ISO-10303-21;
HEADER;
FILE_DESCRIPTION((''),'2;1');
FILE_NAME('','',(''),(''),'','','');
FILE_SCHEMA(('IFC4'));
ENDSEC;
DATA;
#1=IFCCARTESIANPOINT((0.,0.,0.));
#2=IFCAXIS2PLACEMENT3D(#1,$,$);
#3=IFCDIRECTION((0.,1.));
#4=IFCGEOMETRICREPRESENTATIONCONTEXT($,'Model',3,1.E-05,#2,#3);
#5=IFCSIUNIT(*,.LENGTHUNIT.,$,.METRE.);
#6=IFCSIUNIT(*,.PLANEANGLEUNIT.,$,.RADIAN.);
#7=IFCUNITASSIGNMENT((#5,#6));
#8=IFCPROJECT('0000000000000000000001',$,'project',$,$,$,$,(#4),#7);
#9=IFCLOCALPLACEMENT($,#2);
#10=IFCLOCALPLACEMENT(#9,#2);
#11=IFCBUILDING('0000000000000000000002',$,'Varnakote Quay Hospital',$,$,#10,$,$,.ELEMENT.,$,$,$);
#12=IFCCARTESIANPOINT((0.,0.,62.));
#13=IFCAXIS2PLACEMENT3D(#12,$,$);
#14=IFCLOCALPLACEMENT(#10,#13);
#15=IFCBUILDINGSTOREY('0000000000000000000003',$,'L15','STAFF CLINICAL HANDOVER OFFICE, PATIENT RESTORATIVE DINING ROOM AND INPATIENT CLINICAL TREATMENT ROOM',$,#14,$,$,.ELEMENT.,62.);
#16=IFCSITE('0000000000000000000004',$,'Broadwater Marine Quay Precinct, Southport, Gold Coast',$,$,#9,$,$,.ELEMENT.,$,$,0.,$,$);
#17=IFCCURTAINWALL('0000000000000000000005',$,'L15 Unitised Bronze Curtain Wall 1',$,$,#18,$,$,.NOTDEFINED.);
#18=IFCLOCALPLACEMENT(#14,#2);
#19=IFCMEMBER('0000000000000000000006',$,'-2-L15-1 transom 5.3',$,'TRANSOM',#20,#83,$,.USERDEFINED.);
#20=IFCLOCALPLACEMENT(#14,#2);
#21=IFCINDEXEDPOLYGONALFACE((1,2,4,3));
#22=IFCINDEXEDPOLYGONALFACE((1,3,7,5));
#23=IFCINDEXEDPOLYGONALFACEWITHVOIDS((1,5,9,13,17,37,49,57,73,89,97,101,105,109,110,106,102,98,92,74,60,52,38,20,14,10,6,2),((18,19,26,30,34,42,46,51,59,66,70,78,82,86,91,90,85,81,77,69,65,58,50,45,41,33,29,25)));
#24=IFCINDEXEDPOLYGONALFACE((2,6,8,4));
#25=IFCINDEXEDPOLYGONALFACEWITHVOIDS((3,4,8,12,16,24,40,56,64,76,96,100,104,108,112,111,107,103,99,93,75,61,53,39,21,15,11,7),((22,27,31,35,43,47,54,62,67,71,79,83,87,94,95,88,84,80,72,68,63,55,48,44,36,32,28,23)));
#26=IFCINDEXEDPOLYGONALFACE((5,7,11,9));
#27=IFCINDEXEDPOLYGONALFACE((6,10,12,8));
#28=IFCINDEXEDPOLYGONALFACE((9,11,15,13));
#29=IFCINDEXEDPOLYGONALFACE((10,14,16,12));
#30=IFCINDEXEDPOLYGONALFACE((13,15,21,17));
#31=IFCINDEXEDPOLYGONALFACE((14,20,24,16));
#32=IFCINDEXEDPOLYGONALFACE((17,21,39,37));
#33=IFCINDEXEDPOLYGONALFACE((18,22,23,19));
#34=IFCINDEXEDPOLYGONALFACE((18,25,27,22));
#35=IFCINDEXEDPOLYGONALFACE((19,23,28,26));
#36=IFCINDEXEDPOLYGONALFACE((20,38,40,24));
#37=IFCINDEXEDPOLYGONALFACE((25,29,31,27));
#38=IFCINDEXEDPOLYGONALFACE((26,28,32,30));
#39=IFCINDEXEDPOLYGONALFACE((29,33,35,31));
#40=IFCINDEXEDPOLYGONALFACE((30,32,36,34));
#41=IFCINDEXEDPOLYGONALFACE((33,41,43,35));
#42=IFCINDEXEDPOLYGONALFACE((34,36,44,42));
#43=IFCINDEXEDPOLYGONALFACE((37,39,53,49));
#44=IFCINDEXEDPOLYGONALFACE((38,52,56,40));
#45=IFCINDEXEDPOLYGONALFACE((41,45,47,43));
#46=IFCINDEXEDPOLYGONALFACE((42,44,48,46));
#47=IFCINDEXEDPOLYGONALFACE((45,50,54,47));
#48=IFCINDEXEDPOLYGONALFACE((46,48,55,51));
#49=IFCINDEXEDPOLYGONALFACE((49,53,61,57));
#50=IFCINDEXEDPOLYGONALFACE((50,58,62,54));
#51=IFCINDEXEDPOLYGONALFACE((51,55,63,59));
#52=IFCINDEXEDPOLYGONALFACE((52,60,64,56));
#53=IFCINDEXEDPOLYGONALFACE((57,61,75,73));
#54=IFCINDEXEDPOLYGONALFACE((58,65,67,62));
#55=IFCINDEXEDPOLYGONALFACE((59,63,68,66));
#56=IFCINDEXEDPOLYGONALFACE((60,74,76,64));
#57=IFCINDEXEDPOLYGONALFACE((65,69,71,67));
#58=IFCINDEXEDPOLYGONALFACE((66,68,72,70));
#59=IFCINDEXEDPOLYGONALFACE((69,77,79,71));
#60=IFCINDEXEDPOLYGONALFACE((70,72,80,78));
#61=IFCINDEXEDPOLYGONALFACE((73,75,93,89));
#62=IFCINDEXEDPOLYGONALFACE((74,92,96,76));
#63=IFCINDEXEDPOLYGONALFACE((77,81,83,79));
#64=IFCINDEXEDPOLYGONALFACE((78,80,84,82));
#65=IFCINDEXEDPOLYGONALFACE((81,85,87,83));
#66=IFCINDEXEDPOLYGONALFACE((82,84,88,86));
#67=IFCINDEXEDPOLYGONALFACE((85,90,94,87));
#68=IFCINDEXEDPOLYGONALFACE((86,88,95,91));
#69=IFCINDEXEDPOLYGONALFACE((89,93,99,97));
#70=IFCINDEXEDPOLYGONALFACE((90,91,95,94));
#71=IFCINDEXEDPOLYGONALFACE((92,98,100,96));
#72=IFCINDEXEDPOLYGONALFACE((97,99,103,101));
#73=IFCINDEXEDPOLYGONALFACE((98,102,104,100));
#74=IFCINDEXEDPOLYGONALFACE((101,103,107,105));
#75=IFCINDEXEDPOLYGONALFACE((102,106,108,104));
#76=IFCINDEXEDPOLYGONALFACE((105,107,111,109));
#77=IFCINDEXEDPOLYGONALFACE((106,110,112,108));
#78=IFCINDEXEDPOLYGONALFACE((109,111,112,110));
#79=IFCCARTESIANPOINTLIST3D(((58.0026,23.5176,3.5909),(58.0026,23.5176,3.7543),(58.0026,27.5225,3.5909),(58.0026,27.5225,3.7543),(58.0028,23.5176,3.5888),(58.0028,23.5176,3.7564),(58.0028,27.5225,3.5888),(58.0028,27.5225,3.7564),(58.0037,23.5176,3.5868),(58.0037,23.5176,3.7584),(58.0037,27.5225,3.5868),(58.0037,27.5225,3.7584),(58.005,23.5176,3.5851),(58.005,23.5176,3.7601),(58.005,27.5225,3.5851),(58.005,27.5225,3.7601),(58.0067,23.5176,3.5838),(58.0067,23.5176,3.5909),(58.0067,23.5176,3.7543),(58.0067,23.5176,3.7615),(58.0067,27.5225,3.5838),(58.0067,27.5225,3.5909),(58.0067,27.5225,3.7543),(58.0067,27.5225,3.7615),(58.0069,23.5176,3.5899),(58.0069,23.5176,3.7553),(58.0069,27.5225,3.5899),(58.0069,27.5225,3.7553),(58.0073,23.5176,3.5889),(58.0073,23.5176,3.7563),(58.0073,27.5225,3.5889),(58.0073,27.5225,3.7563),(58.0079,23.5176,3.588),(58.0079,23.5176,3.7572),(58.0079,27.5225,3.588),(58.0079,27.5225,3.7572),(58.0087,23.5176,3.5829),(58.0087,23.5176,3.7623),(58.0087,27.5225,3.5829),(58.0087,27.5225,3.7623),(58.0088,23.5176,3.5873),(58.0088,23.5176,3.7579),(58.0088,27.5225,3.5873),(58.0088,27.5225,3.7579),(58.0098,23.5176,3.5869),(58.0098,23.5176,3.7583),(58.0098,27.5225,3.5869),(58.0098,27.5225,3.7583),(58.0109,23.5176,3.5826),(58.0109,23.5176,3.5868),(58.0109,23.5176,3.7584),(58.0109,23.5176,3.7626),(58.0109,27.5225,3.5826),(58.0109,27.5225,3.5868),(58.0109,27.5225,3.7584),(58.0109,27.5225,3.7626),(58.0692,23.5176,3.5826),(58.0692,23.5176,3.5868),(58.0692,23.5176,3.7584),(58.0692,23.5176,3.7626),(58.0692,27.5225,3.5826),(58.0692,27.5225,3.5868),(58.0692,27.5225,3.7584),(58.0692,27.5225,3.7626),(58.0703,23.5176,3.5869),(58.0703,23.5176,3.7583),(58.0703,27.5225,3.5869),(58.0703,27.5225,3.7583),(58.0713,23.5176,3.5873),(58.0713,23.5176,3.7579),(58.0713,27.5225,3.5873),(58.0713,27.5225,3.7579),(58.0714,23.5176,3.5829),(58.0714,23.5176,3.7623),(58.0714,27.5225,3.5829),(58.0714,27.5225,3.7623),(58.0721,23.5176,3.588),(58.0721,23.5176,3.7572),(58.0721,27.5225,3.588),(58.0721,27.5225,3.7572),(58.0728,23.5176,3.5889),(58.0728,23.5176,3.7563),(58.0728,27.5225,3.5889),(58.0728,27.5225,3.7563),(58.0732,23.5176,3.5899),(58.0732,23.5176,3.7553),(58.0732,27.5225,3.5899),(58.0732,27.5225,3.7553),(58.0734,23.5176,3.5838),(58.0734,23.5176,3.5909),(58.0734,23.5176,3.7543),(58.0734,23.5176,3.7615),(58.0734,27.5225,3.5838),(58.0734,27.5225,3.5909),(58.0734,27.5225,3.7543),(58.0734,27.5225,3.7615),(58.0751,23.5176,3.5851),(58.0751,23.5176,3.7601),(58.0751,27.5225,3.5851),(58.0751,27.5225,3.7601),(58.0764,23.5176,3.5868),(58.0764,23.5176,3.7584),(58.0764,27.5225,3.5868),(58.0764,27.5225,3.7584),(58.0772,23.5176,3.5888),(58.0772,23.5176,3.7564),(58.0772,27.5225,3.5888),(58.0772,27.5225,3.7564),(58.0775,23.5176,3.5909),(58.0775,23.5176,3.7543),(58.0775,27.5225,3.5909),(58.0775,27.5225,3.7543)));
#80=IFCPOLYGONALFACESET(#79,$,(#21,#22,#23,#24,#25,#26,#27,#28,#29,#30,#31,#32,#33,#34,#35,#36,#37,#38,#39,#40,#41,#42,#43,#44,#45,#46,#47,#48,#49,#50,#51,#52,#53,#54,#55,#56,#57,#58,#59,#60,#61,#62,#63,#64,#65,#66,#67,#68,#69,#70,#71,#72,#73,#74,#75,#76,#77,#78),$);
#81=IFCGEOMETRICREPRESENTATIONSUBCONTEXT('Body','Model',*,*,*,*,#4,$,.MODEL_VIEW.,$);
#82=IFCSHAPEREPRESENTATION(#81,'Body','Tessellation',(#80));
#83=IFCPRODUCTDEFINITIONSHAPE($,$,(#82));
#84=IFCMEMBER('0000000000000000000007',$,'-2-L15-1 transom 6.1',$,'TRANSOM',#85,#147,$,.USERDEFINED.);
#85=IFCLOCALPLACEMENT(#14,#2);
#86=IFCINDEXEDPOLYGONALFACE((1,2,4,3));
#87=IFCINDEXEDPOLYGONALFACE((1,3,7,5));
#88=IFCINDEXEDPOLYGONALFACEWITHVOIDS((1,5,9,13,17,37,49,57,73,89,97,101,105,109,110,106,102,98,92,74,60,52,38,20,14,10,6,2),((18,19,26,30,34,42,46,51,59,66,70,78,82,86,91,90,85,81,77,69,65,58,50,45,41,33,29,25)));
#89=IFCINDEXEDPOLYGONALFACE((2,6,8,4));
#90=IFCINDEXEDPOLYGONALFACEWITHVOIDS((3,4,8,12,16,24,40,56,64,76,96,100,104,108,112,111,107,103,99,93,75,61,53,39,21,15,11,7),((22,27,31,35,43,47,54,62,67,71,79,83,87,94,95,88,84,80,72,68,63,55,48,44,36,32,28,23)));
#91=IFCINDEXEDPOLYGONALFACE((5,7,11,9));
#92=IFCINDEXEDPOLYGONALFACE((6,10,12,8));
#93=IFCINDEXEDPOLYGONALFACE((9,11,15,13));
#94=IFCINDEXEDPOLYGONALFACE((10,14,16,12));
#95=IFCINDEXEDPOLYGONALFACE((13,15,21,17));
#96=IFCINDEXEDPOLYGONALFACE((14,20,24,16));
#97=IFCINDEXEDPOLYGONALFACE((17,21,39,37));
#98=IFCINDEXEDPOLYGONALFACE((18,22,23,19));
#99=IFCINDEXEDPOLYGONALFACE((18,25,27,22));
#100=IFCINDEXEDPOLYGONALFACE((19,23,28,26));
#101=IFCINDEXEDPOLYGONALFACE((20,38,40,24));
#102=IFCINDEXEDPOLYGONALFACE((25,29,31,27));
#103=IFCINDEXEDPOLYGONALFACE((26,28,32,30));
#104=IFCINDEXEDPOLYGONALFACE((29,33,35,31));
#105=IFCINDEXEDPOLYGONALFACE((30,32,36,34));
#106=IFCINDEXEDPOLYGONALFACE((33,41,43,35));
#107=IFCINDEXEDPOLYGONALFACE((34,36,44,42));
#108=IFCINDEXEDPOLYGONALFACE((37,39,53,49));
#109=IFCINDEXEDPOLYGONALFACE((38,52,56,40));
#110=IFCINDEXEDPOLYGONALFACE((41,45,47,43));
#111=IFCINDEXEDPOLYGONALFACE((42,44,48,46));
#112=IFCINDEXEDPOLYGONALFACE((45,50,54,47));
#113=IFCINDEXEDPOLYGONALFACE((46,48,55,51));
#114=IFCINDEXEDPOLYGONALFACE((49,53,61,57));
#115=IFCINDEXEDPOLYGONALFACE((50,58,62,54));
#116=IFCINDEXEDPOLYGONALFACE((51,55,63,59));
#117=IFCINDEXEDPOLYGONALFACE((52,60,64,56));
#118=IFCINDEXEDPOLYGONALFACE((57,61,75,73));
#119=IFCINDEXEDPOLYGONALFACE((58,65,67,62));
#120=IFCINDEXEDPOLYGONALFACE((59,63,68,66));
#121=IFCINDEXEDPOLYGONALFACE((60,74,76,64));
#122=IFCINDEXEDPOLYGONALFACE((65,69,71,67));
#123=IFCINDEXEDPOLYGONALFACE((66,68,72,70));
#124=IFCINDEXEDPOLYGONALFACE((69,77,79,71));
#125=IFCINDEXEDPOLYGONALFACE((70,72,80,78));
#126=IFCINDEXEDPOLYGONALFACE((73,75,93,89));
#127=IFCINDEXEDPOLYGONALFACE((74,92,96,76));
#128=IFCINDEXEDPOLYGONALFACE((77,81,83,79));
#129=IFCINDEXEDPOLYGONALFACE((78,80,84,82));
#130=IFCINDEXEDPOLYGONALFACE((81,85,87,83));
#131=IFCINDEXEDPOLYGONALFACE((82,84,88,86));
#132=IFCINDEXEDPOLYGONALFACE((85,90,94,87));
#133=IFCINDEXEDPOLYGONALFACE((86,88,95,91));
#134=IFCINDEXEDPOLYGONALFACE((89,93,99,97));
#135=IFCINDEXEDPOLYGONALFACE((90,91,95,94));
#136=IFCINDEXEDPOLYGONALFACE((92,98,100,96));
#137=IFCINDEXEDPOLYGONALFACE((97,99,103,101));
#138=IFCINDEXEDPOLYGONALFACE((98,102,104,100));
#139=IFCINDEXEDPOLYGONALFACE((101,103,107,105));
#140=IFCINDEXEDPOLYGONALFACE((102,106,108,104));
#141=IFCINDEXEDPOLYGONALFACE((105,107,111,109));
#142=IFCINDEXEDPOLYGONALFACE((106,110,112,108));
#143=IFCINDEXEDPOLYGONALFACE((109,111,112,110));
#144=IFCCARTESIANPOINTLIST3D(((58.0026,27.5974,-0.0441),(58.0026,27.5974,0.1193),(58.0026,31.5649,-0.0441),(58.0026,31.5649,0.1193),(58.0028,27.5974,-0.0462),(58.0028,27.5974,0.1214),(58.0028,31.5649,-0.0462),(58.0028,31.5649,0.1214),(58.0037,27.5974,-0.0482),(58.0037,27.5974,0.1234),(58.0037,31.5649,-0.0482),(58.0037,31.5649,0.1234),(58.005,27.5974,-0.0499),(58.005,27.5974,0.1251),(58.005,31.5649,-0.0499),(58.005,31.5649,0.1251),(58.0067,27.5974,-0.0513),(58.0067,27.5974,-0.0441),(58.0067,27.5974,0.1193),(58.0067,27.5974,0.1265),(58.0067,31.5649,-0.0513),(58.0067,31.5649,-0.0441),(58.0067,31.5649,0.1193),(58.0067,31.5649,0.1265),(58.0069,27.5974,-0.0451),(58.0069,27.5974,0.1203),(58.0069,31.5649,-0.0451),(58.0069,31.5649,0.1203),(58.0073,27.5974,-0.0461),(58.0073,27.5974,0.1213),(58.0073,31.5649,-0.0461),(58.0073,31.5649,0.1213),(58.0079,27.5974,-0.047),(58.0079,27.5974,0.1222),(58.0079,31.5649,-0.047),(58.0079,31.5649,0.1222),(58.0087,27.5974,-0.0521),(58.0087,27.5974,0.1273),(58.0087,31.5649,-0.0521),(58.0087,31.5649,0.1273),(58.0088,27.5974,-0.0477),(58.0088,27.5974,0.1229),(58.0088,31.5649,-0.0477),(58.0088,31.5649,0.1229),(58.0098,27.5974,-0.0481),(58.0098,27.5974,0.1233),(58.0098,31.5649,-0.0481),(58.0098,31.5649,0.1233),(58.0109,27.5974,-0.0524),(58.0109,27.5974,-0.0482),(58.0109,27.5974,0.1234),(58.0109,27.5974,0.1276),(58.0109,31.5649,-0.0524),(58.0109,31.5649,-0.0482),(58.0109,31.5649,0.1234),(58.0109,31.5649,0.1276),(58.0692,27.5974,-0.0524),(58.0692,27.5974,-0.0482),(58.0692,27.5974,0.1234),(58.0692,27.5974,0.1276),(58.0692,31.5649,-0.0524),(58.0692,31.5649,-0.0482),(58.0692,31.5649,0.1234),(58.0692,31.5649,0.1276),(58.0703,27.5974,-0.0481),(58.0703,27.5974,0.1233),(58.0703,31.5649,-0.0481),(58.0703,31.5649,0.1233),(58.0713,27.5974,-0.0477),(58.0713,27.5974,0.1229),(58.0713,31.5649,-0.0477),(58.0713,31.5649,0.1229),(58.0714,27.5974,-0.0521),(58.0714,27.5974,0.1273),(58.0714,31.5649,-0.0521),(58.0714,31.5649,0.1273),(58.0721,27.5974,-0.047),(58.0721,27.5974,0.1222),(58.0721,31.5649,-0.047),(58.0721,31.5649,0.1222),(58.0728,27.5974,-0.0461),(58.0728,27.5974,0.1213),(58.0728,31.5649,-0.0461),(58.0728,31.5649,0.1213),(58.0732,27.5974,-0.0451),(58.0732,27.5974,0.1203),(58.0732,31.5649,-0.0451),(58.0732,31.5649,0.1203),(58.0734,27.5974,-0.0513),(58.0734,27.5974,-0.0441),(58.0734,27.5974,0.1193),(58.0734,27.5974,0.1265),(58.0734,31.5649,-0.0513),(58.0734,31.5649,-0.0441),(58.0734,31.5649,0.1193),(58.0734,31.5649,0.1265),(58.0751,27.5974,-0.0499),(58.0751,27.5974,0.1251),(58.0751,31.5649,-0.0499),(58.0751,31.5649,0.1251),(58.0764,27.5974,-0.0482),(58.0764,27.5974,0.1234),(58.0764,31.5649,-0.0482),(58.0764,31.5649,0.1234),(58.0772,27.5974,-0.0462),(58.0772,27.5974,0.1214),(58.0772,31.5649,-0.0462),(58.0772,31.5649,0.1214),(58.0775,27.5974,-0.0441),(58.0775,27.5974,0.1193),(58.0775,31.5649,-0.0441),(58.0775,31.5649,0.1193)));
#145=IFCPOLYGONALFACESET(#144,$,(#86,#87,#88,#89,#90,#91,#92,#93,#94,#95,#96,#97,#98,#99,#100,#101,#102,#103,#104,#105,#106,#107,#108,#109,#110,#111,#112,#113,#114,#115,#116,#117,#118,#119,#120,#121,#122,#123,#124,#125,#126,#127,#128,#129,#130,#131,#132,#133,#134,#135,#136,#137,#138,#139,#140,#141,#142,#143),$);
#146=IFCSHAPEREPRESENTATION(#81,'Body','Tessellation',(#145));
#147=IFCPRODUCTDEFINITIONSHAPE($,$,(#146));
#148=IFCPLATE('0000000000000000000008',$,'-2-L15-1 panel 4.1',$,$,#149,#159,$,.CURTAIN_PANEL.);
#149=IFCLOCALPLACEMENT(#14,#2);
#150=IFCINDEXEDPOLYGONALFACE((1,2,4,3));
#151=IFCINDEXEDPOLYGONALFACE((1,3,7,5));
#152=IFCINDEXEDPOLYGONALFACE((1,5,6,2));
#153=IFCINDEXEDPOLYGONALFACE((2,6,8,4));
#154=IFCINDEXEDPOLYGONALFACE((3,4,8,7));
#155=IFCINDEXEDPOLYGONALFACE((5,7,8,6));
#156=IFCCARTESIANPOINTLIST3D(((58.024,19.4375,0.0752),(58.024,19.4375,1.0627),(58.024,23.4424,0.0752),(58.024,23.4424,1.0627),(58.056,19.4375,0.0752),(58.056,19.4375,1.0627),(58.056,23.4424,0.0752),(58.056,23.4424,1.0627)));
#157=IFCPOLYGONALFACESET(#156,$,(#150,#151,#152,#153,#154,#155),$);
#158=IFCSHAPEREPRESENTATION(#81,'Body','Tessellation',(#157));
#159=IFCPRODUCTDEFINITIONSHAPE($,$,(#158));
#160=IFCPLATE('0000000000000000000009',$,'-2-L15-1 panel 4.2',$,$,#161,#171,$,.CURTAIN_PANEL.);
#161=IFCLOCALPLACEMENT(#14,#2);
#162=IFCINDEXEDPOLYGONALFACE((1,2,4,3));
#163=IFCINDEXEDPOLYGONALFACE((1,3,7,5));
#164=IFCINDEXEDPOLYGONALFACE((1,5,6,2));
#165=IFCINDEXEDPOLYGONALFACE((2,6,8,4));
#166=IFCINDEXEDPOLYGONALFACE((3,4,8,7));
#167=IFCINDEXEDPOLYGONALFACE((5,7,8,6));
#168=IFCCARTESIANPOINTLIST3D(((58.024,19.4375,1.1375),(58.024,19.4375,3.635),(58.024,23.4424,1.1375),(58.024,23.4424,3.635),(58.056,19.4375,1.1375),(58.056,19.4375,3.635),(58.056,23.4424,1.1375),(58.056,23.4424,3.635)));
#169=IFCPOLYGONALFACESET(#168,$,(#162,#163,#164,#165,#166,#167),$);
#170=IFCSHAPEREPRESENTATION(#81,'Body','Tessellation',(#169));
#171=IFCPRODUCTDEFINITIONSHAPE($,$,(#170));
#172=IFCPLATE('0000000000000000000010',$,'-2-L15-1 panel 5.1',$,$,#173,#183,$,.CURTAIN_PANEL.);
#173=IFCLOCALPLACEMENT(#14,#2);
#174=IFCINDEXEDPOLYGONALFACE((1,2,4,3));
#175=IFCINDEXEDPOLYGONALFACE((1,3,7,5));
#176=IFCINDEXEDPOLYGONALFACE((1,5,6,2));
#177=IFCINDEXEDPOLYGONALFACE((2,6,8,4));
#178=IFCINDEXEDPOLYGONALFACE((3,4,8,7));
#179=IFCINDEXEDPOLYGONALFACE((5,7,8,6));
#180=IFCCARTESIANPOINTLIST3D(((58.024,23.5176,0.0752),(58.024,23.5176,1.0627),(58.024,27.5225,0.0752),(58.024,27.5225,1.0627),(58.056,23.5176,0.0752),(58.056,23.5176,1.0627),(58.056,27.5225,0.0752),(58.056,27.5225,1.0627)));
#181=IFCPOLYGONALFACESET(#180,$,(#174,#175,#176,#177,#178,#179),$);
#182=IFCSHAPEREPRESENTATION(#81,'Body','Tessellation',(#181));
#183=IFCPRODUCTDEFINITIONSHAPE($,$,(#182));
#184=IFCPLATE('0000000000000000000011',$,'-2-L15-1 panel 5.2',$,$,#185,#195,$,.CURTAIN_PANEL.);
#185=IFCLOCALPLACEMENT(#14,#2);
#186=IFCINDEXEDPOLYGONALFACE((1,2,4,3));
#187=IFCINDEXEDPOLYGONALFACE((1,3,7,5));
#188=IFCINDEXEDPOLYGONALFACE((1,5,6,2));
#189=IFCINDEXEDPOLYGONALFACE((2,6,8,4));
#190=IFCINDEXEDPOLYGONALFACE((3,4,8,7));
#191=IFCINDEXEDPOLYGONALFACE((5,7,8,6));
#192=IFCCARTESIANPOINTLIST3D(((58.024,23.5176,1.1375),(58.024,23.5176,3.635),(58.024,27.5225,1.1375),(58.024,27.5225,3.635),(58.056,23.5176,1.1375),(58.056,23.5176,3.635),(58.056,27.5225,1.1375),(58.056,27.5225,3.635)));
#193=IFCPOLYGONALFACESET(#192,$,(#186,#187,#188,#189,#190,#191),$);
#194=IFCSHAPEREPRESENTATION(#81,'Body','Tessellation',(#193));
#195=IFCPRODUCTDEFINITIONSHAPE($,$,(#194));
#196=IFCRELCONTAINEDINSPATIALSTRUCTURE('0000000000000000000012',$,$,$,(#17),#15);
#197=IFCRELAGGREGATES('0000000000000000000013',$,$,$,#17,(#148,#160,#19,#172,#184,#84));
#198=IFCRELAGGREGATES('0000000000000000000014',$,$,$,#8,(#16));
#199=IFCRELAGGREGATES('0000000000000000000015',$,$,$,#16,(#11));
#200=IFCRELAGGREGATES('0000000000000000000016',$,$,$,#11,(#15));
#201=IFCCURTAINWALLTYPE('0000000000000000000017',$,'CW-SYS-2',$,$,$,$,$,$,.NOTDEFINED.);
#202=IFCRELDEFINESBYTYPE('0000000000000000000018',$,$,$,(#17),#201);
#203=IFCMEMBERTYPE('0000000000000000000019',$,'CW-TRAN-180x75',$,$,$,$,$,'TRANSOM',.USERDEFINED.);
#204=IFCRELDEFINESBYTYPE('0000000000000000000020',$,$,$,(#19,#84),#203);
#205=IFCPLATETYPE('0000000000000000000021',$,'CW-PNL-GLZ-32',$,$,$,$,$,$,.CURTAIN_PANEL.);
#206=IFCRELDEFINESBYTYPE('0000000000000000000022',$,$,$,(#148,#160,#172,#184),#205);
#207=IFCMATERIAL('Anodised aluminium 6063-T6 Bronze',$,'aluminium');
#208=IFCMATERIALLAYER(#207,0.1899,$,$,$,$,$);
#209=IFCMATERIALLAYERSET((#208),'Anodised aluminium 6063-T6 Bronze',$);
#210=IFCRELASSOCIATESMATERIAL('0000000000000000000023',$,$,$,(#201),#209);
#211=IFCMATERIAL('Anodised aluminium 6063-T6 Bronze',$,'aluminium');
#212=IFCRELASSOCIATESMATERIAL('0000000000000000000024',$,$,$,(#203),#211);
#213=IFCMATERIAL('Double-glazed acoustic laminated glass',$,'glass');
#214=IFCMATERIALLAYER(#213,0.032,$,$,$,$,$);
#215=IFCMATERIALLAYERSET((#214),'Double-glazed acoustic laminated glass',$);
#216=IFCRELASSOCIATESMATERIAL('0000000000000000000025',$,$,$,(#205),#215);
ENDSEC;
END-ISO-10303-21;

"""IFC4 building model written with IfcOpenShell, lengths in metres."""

from ifc_helpers import new_model, si_unit, direction, frame, origin, origin_2d, place, context, subcontext, project, spatial, rectangle, hollow_rectangle, extrude, material, layer, layer_set, material_profile, profile_set, type_object, element, aggregate, save


model = new_model("IFC4")

# Units and contexts
model_context = context("Model", 3, precision=1e-05, world=origin(), true_north=direction((0.0, 1.0)))
body_context = subcontext(model_context, "Body", "Model", "MODEL_VIEW")
ifc_project = project(units=[si_unit("LENGTHUNIT", "METRE"), si_unit("PLANEANGLEUNIT", "RADIAN")], contexts=[model_context])

# Site, building, storey
site_placement = place(None, origin())
site = spatial("IfcSite", under=ifc_project, at=site_placement, Name="Broadwater Marine Quay Precinct, Southport, Gold Coast", CompositionType="ELEMENT", RefElevation=0.0)
building_placement = place(site_placement, origin())
building = spatial("IfcBuilding", under=site, at=building_placement, Name="Varnakote Quay Hospital", CompositionType="ELEMENT")
storey_placement = place(building_placement, frame((0.0, 0.0, 62.0)))
storey = spatial("IfcBuildingStorey", under=building, at=storey_placement, Name="L15", Description="STAFF CLINICAL HANDOVER OFFICE, PATIENT RESTORATIVE DINING ROOM AND INPATIENT CLINICAL TREATMENT ROOM", CompositionType="ELEMENT", Elevation=62.0)

# Curtain wall, members, plates
ifc_material_1 = material(Name="Anodised aluminium 6063-T6 Bronze", Category="aluminium")
ifc_layer_1 = layer(ifc_material_1, 0.1899)
ifc_layer_set_1 = layer_set([ifc_layer_1], Name="Anodised aluminium 6063-T6 Bronze")
curtain_wall_type = type_object("IfcCurtainWallType", Name="CW-SYS-2", PredefinedType="NOTDEFINED", material=ifc_layer_set_1)
curtain_wall_placement = place(storey_placement, origin())
curtain_wall = element("IfcCurtainWall", 1, at=curtain_wall_placement, inside=storey, type_object=curtain_wall_type, Name="L15 Unitised Bronze Curtain Wall 1", PredefinedType="NOTDEFINED")
ifc_material_2 = material(Name="Anodised aluminium 6063-T6 Bronze", Category="aluminium")
ifc_material_profile_1 = material_profile(ifc_material_2, hollow_rectangle(XDim=0.075, YDim=0.1799, WallThickness=0.0042, InnerFilletRadius=0.0042, OuterFilletRadius=0.0083, at=origin_2d()), Name="CW-TRAN-180x75")
ifc_profile_set_1 = profile_set([ifc_material_profile_1], Name="Anodised aluminium 6063-T6 Bronze")
member_type_1 = type_object("IfcMemberType", Name="CW-TRAN-180x75", ElementType="TRANSOM", PredefinedType="USERDEFINED", material=ifc_profile_set_1)
member_1_placement = place(storey_placement, frame((58.04, 23.5176, 3.6726), z_axis=(0.0, 1.0, 0.0), x_axis=(-1.0, 0.0, 0.0)))
member_1 = element("IfcMember", 2, at=member_1_placement, type_object=member_type_1, Name="-2-L15-1 transom 5.3", ObjectType="TRANSOM", PredefinedType="USERDEFINED", context=body_context, shape_type="SweptSolid", body=[
    extrude(hollow_rectangle(XDim=0.075, YDim=0.1799, WallThickness=0.0042, InnerFilletRadius=0.0042, OuterFilletRadius=0.0083, at=origin_2d()), origin(), (0.0, 0.0, 1.0), 4.0049),
])
member_2_placement = place(storey_placement, frame((58.04, 27.5974, 0.0376), z_axis=(0.0, 1.0, 0.0), x_axis=(-1.0, 0.0, 0.0)))
member_2 = element("IfcMember", 3, at=member_2_placement, type_object=member_type_1, Name="-2-L15-1 transom 6.1", ObjectType="TRANSOM", PredefinedType="USERDEFINED", context=body_context, shape_type="SweptSolid", body=[
    extrude(hollow_rectangle(XDim=0.075, YDim=0.1799, WallThickness=0.0042, InnerFilletRadius=0.0042, OuterFilletRadius=0.0083, at=origin_2d()), origin(), (0.0, 0.0, 1.0), 3.9675),
])
ifc_material_3 = material(Name="Double-glazed acoustic laminated glass", Category="glass")
ifc_layer_2 = layer(ifc_material_3, 0.032)
ifc_layer_set_2 = layer_set([ifc_layer_2], Name="Double-glazed acoustic laminated glass")
plate_type = type_object("IfcPlateType", Name="CW-PNL-GLZ-32", PredefinedType="CURTAIN_PANEL", material=ifc_layer_set_2)
plate_1_placement = place(storey_placement, frame((58.04, 21.4399, 0.0752), z_axis=(0.0, 0.0, 1.0), x_axis=(0.0, 1.0, 0.0)))
plate_1 = element("IfcPlate", 4, at=plate_1_placement, type_object=plate_type, Name="-2-L15-1 panel 4.1", PredefinedType="CURTAIN_PANEL", context=body_context, shape_type="SweptSolid", body=[
    extrude(rectangle(XDim=4.0049, YDim=0.032, at=origin_2d()), origin(), (0.0, 0.0, 1.0), 0.9875),
])
plate_2_placement = place(storey_placement, frame((58.04, 21.4399, 1.1375), z_axis=(0.0, 0.0, 1.0), x_axis=(0.0, 1.0, 0.0)))
plate_2 = element("IfcPlate", 5, at=plate_2_placement, type_object=plate_type, Name="-2-L15-1 panel 4.2", PredefinedType="CURTAIN_PANEL", context=body_context, shape_type="SweptSolid", body=[
    extrude(rectangle(XDim=4.0049, YDim=0.032, at=origin_2d()), origin(), (0.0, 0.0, 1.0), 2.4976),
])
plate_3_placement = place(storey_placement, frame((58.04, 25.52, 0.0752), z_axis=(0.0, 0.0, 1.0), x_axis=(0.0, 1.0, 0.0)))
plate_3 = element("IfcPlate", 6, at=plate_3_placement, type_object=plate_type, Name="-2-L15-1 panel 5.1", PredefinedType="CURTAIN_PANEL", context=body_context, shape_type="SweptSolid", body=[
    extrude(rectangle(XDim=4.0049, YDim=0.032, at=origin_2d()), origin(), (0.0, 0.0, 1.0), 0.9875),
])
plate_4_placement = place(storey_placement, frame((58.04, 25.52, 1.1375), z_axis=(0.0, 0.0, 1.0), x_axis=(0.0, 1.0, 0.0)))
plate_4 = element("IfcPlate", 7, at=plate_4_placement, type_object=plate_type, Name="-2-L15-1 panel 5.2", PredefinedType="CURTAIN_PANEL", context=body_context, shape_type="SweptSolid", body=[
    extrude(rectangle(XDim=4.0049, YDim=0.032, at=origin_2d()), origin(), (0.0, 0.0, 1.0), 2.4976),
])
aggregate(curtain_wall, [plate_1, plate_2, member_1, plate_3, plate_4, member_2])

save(model, "model.ifc")
